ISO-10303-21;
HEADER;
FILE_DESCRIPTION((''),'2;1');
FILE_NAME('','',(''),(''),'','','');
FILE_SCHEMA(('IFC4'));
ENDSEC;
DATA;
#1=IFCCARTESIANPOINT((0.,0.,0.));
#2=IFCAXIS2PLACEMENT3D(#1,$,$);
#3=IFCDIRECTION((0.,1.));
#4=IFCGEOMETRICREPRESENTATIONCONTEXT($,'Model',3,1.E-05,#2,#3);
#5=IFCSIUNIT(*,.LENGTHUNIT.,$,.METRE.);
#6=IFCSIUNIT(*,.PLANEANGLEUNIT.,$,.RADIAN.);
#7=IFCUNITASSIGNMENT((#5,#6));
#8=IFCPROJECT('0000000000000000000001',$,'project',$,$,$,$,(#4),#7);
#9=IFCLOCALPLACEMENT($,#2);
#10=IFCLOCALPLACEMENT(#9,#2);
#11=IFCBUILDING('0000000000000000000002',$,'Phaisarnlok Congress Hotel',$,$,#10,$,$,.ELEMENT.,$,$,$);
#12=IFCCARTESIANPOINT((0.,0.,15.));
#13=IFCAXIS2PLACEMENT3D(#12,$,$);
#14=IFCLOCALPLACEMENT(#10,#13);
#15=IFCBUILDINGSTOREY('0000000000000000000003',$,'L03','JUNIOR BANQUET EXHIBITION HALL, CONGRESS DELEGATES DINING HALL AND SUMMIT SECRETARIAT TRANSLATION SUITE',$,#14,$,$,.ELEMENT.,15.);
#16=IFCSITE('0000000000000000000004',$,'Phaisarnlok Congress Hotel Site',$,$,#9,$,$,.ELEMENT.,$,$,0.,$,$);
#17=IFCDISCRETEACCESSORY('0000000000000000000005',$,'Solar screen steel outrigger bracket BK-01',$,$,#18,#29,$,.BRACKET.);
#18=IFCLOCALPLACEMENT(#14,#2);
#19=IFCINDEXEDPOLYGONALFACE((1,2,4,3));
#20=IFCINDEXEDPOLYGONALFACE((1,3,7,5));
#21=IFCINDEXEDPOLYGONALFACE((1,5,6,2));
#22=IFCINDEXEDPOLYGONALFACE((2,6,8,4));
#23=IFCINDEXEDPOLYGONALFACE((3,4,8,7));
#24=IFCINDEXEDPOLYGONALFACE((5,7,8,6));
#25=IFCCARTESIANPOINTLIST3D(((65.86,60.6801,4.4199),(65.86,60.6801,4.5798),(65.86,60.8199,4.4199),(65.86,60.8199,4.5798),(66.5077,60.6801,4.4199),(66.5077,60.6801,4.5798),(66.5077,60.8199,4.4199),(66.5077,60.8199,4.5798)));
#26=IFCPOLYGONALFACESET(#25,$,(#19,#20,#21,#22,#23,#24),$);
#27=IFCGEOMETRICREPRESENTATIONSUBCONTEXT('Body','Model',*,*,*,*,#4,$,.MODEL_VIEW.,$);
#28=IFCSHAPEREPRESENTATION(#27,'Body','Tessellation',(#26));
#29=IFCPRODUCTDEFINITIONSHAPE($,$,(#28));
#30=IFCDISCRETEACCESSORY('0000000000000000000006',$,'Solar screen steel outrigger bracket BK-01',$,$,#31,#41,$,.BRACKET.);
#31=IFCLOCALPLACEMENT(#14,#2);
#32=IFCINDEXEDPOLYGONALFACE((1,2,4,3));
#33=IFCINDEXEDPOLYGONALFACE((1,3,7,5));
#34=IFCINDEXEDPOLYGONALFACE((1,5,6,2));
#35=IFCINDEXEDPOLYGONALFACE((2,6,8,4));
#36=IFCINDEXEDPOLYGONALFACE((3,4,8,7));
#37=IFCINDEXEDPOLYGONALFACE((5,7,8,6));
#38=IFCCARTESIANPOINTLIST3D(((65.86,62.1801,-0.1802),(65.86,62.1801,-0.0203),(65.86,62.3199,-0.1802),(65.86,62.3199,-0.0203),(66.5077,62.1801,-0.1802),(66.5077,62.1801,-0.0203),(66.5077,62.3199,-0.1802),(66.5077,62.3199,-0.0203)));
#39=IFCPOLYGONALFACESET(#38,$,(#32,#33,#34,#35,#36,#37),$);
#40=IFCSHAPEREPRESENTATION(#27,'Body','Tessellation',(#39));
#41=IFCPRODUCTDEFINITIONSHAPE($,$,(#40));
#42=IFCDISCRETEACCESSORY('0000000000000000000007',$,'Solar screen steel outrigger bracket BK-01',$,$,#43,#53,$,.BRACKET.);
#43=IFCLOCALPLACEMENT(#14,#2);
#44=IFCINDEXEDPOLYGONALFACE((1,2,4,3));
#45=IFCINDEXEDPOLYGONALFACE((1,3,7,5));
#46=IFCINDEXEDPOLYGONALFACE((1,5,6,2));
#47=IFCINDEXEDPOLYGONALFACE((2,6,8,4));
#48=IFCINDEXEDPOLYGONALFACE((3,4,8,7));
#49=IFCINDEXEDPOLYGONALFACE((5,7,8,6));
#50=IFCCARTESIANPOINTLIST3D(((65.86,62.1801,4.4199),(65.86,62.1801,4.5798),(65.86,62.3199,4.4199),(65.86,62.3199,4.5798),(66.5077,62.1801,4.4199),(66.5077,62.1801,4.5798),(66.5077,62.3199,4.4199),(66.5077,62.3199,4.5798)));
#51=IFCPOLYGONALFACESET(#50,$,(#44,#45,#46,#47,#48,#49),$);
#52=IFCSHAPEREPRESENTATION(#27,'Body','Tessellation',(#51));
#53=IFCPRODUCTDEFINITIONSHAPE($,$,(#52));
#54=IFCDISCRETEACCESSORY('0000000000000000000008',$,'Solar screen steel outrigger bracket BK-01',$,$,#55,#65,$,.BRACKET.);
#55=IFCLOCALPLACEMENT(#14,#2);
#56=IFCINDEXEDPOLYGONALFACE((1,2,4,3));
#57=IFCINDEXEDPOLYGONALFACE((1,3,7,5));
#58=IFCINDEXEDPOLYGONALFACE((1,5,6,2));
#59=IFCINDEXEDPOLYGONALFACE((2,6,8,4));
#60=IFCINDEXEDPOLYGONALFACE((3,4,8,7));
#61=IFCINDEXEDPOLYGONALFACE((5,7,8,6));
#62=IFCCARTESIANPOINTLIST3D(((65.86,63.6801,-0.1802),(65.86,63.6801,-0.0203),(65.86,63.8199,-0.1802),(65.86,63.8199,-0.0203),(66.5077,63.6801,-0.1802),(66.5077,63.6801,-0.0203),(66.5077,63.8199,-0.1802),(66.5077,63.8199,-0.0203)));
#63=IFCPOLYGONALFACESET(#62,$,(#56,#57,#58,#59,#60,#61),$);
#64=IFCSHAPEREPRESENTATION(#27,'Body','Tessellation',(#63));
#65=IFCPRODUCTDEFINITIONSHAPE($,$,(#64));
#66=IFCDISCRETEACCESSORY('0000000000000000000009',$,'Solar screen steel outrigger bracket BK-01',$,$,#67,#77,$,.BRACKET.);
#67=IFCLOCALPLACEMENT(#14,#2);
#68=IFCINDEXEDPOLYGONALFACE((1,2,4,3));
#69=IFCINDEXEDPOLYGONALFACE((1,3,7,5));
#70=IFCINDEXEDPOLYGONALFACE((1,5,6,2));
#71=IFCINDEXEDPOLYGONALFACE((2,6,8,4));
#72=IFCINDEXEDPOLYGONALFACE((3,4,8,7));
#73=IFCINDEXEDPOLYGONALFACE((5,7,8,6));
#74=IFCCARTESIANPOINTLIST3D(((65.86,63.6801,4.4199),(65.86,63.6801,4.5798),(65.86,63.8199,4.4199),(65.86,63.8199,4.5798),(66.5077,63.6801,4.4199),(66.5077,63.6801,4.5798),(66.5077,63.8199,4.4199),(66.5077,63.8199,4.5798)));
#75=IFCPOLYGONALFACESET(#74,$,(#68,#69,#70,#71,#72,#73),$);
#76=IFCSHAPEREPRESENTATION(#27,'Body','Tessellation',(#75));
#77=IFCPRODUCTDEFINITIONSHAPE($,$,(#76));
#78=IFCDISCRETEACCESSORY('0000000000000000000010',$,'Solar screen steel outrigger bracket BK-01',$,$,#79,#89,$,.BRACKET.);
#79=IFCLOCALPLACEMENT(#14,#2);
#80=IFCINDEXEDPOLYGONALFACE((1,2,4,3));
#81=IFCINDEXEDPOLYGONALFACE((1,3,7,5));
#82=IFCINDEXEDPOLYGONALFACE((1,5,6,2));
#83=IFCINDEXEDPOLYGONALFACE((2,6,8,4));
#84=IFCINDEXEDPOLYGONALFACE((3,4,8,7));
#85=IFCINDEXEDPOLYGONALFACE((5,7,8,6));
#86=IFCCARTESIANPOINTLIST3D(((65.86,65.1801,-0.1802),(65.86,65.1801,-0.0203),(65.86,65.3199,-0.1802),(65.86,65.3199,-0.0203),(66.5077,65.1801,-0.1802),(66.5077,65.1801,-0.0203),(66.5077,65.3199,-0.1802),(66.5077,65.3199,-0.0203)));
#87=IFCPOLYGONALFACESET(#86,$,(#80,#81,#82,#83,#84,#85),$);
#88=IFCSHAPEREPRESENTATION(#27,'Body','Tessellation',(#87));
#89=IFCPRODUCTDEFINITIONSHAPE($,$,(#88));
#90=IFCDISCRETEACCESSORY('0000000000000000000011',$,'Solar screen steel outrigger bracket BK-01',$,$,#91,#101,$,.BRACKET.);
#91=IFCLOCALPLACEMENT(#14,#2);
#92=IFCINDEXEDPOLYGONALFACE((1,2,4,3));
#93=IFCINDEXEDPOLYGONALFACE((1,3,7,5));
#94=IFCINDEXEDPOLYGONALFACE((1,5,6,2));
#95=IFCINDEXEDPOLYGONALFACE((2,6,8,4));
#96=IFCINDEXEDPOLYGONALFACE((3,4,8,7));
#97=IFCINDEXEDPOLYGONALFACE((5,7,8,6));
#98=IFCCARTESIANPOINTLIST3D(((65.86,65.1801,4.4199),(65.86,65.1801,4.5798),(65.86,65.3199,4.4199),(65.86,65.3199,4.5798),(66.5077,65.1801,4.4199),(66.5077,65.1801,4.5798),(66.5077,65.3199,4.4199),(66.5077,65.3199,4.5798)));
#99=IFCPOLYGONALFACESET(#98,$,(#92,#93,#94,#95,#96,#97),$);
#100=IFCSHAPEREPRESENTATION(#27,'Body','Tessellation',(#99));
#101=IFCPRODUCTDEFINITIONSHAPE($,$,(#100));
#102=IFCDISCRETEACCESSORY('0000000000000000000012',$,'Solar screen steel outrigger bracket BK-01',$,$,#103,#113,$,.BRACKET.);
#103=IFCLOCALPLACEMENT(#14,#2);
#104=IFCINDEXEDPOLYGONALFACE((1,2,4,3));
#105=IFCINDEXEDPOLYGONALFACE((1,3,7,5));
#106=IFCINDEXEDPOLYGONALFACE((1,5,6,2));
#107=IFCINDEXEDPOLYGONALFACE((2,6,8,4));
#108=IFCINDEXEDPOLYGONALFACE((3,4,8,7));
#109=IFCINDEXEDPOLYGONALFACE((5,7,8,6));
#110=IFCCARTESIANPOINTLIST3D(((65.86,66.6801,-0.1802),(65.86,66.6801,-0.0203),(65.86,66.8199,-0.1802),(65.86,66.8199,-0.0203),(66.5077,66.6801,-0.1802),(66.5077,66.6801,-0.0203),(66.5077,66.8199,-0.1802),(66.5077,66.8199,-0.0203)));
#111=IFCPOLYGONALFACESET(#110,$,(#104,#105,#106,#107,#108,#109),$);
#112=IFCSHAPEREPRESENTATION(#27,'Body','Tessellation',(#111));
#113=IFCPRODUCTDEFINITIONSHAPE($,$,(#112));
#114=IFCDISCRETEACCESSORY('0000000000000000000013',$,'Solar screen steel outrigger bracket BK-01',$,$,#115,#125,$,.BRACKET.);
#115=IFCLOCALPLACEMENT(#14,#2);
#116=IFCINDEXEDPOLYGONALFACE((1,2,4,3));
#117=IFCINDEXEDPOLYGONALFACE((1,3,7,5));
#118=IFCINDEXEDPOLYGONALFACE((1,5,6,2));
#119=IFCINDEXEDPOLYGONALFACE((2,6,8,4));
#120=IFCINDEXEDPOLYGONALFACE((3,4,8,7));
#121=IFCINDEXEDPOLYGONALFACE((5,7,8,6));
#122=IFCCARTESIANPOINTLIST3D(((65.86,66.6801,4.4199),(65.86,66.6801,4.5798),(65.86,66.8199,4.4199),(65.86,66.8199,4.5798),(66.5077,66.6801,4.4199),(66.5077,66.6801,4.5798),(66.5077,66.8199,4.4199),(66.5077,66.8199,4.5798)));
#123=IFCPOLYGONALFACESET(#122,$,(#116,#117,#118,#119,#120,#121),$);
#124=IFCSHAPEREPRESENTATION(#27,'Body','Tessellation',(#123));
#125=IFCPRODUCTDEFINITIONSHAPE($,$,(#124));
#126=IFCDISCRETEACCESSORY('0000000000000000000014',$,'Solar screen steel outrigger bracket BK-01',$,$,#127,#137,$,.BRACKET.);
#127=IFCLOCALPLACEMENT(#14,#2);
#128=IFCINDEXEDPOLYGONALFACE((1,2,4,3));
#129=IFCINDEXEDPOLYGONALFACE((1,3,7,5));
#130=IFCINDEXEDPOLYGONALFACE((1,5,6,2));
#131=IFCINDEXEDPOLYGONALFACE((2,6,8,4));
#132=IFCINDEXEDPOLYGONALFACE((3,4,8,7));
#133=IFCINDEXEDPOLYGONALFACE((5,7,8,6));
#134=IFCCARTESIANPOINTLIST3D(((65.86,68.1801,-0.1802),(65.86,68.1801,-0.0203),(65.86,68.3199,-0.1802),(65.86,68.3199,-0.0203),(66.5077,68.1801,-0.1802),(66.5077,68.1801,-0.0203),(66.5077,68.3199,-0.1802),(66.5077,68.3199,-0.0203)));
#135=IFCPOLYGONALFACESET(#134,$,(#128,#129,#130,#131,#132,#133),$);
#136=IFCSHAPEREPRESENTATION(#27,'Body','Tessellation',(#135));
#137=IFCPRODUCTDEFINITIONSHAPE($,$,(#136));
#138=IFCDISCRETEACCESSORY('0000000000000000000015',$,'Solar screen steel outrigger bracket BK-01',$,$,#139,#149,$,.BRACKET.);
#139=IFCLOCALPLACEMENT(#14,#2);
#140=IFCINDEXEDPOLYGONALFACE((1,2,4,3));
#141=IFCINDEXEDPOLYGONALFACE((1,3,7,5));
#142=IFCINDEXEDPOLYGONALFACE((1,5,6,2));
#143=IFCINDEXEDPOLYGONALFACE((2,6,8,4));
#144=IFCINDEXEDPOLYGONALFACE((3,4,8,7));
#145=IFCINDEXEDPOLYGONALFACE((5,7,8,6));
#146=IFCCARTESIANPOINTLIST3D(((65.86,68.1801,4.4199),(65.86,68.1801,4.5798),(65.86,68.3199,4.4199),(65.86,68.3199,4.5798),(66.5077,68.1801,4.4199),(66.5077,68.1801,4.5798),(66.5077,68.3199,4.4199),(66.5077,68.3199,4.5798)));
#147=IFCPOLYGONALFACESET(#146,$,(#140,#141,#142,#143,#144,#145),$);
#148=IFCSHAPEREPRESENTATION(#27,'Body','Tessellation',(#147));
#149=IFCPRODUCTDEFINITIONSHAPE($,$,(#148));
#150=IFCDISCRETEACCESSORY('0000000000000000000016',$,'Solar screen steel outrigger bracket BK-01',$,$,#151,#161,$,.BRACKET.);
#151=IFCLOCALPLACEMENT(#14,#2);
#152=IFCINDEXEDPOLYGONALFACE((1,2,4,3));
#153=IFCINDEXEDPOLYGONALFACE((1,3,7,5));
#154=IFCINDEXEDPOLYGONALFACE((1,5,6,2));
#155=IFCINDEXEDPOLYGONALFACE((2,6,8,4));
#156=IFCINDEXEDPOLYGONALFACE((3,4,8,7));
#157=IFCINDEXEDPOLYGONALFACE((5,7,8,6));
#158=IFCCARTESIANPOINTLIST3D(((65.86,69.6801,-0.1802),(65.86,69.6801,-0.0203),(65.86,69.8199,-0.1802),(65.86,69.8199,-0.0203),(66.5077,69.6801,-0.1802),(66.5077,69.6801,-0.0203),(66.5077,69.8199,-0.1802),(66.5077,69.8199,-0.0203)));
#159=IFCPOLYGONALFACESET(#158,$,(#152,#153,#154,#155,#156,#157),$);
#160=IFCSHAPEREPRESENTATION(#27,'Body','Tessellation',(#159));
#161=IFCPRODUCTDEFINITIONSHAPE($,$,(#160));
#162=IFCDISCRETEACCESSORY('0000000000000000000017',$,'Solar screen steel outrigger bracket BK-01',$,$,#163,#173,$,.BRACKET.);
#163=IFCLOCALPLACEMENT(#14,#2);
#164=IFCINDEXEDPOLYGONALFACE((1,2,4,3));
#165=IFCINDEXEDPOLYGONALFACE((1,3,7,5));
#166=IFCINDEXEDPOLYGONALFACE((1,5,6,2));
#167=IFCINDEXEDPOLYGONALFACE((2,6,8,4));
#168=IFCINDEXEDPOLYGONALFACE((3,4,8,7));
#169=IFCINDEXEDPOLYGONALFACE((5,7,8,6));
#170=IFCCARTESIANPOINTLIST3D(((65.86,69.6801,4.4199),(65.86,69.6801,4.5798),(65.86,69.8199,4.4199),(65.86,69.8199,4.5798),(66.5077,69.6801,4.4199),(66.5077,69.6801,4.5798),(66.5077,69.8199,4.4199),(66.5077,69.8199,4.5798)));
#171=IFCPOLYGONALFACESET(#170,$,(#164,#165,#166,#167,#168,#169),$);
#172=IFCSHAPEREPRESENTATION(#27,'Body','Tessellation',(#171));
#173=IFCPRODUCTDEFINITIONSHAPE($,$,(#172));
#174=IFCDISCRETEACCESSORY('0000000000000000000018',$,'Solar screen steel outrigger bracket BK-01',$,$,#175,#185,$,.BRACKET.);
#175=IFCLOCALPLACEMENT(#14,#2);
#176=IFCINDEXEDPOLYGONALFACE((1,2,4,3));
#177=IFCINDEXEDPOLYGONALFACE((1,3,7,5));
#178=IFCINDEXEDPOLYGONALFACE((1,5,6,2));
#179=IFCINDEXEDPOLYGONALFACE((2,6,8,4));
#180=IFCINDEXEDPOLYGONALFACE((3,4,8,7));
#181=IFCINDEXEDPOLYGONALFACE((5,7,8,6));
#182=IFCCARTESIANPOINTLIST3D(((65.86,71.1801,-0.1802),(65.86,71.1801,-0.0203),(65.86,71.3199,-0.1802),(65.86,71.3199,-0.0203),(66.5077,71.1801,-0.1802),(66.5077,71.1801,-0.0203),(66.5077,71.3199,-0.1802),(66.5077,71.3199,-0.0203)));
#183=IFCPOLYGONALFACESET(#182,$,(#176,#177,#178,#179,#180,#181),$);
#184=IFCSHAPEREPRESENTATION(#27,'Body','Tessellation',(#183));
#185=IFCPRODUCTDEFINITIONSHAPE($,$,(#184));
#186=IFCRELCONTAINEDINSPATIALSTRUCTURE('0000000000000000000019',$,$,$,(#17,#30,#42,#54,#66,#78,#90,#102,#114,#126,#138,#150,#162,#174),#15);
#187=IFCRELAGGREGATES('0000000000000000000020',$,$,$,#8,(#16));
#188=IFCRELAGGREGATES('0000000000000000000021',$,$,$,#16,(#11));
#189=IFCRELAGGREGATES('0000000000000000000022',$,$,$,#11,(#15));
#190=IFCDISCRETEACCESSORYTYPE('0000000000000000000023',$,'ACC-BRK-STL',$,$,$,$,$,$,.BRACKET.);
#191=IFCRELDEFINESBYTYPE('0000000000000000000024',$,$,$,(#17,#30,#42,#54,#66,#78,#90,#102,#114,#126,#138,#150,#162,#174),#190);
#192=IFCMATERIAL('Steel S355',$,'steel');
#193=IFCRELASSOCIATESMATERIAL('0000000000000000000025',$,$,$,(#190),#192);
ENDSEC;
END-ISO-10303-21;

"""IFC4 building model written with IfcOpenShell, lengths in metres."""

from ifc_helpers import new_model, si_unit, direction, frame, origin, origin_2d, place, context, subcontext, project, spatial, rectangle, extrude, material, type_object, element, save


model = new_model("IFC4")

# Units and contexts
model_context = context("Model", 3, precision=1e-05, world=origin(), true_north=direction((0.0, 1.0)))
body_context = subcontext(model_context, "Body", "Model", "MODEL_VIEW")
ifc_project = project(units=[si_unit("LENGTHUNIT", "METRE"), si_unit("PLANEANGLEUNIT", "RADIAN")], contexts=[model_context])

# Site, building, storey
site_placement = place(None, origin())
site = spatial("IfcSite", under=ifc_project, at=site_placement, Name="Phaisarnlok Congress Hotel Site", CompositionType="ELEMENT", RefElevation=0.0)
building_placement = place(site_placement, origin())
building = spatial("IfcBuilding", under=site, at=building_placement, Name="Phaisarnlok Congress Hotel", CompositionType="ELEMENT")
storey_placement = place(building_placement, frame((0.0, 0.0, 15.0)))
storey = spatial("IfcBuildingStorey", under=building, at=storey_placement, Name="L03", Description="JUNIOR BANQUET EXHIBITION HALL, CONGRESS DELEGATES DINING HALL AND SUMMIT SECRETARIAT TRANSLATION SUITE", CompositionType="ELEMENT", Elevation=15.0)

# Shared definitions
ifc_material_1 = material(Name="Steel S355", Category="steel")

# Discrete accessories
discrete_accessory_type = type_object("IfcDiscreteAccessoryType", Name="ACC-BRK-STL", PredefinedType="BRACKET", material=ifc_material_1)
for number, where, z_axis, x_axis, name in (
    (1, (66.1838, 60.75, 4.4199), (0.0, 0.0, 1.0), (1.0, 0.0, 0.0), "Solar screen steel outrigger bracket BK-01"),
    (2, (66.1838, 62.25, -0.1802), (0.0, 0.0, 1.0), (1.0, 0.0, 0.0), "Solar screen steel outrigger bracket BK-01"),
    (3, (66.1838, 62.25, 4.4199), (0.0, 0.0, 1.0), (1.0, 0.0, 0.0), "Solar screen steel outrigger bracket BK-01"),
    (4, (66.1838, 63.75, -0.1802), (0.0, 0.0, 1.0), (1.0, 0.0, 0.0), "Solar screen steel outrigger bracket BK-01"),
    (5, (66.1838, 63.75, 4.4199), (0.0, 0.0, 1.0), (1.0, 0.0, 0.0), "Solar screen steel outrigger bracket BK-01"),
    (6, (66.1838, 65.25, -0.1802), (0.0, 0.0, 1.0), (1.0, 0.0, 0.0), "Solar screen steel outrigger bracket BK-01"),
    (7, (66.1838, 65.25, 4.4199), (0.0, 0.0, 1.0), (1.0, 0.0, 0.0), "Solar screen steel outrigger bracket BK-01"),
    (8, (66.1838, 66.75, -0.1802), (0.0, 0.0, 1.0), (1.0, 0.0, 0.0), "Solar screen steel outrigger bracket BK-01"),
    (9, (66.1838, 66.75, 4.4199), (0.0, 0.0, 1.0), (1.0, 0.0, 0.0), "Solar screen steel outrigger bracket BK-01"),
    (10, (66.1838, 68.25, -0.1802), (0.0, 0.0, 1.0), (1.0, 0.0, 0.0), "Solar screen steel outrigger bracket BK-01"),
    (11, (66.1838, 68.25, 4.4199), (0.0, 0.0, 1.0), (1.0, 0.0, 0.0), "Solar screen steel outrigger bracket BK-01"),
    (12, (66.1838, 69.75, -0.1802), (0.0, 0.0, 1.0), (1.0, 0.0, 0.0), "Solar screen steel outrigger bracket BK-01"),
    (13, (66.1838, 69.75, 4.4199), (0.0, 0.0, 1.0), (1.0, 0.0, 0.0), "Solar screen steel outrigger bracket BK-01"),
    (14, (66.1838, 71.25, -0.1802), (0.0, 0.0, 1.0), (1.0, 0.0, 0.0), "Solar screen steel outrigger bracket BK-01"),
):
    element("IfcDiscreteAccessory", number, at=place(storey_placement, frame(where, z_axis=z_axis, x_axis=x_axis)), inside=storey, type_object=discrete_accessory_type, Name=name, PredefinedType="BRACKET", context=body_context, shape_type="SweptSolid", body=[
        extrude(rectangle(XDim=0.6477, YDim=0.1399, at=origin_2d()), origin(), (0.0, 0.0, 1.0), 0.1599),
    ])

save(model, "model.ifc")
